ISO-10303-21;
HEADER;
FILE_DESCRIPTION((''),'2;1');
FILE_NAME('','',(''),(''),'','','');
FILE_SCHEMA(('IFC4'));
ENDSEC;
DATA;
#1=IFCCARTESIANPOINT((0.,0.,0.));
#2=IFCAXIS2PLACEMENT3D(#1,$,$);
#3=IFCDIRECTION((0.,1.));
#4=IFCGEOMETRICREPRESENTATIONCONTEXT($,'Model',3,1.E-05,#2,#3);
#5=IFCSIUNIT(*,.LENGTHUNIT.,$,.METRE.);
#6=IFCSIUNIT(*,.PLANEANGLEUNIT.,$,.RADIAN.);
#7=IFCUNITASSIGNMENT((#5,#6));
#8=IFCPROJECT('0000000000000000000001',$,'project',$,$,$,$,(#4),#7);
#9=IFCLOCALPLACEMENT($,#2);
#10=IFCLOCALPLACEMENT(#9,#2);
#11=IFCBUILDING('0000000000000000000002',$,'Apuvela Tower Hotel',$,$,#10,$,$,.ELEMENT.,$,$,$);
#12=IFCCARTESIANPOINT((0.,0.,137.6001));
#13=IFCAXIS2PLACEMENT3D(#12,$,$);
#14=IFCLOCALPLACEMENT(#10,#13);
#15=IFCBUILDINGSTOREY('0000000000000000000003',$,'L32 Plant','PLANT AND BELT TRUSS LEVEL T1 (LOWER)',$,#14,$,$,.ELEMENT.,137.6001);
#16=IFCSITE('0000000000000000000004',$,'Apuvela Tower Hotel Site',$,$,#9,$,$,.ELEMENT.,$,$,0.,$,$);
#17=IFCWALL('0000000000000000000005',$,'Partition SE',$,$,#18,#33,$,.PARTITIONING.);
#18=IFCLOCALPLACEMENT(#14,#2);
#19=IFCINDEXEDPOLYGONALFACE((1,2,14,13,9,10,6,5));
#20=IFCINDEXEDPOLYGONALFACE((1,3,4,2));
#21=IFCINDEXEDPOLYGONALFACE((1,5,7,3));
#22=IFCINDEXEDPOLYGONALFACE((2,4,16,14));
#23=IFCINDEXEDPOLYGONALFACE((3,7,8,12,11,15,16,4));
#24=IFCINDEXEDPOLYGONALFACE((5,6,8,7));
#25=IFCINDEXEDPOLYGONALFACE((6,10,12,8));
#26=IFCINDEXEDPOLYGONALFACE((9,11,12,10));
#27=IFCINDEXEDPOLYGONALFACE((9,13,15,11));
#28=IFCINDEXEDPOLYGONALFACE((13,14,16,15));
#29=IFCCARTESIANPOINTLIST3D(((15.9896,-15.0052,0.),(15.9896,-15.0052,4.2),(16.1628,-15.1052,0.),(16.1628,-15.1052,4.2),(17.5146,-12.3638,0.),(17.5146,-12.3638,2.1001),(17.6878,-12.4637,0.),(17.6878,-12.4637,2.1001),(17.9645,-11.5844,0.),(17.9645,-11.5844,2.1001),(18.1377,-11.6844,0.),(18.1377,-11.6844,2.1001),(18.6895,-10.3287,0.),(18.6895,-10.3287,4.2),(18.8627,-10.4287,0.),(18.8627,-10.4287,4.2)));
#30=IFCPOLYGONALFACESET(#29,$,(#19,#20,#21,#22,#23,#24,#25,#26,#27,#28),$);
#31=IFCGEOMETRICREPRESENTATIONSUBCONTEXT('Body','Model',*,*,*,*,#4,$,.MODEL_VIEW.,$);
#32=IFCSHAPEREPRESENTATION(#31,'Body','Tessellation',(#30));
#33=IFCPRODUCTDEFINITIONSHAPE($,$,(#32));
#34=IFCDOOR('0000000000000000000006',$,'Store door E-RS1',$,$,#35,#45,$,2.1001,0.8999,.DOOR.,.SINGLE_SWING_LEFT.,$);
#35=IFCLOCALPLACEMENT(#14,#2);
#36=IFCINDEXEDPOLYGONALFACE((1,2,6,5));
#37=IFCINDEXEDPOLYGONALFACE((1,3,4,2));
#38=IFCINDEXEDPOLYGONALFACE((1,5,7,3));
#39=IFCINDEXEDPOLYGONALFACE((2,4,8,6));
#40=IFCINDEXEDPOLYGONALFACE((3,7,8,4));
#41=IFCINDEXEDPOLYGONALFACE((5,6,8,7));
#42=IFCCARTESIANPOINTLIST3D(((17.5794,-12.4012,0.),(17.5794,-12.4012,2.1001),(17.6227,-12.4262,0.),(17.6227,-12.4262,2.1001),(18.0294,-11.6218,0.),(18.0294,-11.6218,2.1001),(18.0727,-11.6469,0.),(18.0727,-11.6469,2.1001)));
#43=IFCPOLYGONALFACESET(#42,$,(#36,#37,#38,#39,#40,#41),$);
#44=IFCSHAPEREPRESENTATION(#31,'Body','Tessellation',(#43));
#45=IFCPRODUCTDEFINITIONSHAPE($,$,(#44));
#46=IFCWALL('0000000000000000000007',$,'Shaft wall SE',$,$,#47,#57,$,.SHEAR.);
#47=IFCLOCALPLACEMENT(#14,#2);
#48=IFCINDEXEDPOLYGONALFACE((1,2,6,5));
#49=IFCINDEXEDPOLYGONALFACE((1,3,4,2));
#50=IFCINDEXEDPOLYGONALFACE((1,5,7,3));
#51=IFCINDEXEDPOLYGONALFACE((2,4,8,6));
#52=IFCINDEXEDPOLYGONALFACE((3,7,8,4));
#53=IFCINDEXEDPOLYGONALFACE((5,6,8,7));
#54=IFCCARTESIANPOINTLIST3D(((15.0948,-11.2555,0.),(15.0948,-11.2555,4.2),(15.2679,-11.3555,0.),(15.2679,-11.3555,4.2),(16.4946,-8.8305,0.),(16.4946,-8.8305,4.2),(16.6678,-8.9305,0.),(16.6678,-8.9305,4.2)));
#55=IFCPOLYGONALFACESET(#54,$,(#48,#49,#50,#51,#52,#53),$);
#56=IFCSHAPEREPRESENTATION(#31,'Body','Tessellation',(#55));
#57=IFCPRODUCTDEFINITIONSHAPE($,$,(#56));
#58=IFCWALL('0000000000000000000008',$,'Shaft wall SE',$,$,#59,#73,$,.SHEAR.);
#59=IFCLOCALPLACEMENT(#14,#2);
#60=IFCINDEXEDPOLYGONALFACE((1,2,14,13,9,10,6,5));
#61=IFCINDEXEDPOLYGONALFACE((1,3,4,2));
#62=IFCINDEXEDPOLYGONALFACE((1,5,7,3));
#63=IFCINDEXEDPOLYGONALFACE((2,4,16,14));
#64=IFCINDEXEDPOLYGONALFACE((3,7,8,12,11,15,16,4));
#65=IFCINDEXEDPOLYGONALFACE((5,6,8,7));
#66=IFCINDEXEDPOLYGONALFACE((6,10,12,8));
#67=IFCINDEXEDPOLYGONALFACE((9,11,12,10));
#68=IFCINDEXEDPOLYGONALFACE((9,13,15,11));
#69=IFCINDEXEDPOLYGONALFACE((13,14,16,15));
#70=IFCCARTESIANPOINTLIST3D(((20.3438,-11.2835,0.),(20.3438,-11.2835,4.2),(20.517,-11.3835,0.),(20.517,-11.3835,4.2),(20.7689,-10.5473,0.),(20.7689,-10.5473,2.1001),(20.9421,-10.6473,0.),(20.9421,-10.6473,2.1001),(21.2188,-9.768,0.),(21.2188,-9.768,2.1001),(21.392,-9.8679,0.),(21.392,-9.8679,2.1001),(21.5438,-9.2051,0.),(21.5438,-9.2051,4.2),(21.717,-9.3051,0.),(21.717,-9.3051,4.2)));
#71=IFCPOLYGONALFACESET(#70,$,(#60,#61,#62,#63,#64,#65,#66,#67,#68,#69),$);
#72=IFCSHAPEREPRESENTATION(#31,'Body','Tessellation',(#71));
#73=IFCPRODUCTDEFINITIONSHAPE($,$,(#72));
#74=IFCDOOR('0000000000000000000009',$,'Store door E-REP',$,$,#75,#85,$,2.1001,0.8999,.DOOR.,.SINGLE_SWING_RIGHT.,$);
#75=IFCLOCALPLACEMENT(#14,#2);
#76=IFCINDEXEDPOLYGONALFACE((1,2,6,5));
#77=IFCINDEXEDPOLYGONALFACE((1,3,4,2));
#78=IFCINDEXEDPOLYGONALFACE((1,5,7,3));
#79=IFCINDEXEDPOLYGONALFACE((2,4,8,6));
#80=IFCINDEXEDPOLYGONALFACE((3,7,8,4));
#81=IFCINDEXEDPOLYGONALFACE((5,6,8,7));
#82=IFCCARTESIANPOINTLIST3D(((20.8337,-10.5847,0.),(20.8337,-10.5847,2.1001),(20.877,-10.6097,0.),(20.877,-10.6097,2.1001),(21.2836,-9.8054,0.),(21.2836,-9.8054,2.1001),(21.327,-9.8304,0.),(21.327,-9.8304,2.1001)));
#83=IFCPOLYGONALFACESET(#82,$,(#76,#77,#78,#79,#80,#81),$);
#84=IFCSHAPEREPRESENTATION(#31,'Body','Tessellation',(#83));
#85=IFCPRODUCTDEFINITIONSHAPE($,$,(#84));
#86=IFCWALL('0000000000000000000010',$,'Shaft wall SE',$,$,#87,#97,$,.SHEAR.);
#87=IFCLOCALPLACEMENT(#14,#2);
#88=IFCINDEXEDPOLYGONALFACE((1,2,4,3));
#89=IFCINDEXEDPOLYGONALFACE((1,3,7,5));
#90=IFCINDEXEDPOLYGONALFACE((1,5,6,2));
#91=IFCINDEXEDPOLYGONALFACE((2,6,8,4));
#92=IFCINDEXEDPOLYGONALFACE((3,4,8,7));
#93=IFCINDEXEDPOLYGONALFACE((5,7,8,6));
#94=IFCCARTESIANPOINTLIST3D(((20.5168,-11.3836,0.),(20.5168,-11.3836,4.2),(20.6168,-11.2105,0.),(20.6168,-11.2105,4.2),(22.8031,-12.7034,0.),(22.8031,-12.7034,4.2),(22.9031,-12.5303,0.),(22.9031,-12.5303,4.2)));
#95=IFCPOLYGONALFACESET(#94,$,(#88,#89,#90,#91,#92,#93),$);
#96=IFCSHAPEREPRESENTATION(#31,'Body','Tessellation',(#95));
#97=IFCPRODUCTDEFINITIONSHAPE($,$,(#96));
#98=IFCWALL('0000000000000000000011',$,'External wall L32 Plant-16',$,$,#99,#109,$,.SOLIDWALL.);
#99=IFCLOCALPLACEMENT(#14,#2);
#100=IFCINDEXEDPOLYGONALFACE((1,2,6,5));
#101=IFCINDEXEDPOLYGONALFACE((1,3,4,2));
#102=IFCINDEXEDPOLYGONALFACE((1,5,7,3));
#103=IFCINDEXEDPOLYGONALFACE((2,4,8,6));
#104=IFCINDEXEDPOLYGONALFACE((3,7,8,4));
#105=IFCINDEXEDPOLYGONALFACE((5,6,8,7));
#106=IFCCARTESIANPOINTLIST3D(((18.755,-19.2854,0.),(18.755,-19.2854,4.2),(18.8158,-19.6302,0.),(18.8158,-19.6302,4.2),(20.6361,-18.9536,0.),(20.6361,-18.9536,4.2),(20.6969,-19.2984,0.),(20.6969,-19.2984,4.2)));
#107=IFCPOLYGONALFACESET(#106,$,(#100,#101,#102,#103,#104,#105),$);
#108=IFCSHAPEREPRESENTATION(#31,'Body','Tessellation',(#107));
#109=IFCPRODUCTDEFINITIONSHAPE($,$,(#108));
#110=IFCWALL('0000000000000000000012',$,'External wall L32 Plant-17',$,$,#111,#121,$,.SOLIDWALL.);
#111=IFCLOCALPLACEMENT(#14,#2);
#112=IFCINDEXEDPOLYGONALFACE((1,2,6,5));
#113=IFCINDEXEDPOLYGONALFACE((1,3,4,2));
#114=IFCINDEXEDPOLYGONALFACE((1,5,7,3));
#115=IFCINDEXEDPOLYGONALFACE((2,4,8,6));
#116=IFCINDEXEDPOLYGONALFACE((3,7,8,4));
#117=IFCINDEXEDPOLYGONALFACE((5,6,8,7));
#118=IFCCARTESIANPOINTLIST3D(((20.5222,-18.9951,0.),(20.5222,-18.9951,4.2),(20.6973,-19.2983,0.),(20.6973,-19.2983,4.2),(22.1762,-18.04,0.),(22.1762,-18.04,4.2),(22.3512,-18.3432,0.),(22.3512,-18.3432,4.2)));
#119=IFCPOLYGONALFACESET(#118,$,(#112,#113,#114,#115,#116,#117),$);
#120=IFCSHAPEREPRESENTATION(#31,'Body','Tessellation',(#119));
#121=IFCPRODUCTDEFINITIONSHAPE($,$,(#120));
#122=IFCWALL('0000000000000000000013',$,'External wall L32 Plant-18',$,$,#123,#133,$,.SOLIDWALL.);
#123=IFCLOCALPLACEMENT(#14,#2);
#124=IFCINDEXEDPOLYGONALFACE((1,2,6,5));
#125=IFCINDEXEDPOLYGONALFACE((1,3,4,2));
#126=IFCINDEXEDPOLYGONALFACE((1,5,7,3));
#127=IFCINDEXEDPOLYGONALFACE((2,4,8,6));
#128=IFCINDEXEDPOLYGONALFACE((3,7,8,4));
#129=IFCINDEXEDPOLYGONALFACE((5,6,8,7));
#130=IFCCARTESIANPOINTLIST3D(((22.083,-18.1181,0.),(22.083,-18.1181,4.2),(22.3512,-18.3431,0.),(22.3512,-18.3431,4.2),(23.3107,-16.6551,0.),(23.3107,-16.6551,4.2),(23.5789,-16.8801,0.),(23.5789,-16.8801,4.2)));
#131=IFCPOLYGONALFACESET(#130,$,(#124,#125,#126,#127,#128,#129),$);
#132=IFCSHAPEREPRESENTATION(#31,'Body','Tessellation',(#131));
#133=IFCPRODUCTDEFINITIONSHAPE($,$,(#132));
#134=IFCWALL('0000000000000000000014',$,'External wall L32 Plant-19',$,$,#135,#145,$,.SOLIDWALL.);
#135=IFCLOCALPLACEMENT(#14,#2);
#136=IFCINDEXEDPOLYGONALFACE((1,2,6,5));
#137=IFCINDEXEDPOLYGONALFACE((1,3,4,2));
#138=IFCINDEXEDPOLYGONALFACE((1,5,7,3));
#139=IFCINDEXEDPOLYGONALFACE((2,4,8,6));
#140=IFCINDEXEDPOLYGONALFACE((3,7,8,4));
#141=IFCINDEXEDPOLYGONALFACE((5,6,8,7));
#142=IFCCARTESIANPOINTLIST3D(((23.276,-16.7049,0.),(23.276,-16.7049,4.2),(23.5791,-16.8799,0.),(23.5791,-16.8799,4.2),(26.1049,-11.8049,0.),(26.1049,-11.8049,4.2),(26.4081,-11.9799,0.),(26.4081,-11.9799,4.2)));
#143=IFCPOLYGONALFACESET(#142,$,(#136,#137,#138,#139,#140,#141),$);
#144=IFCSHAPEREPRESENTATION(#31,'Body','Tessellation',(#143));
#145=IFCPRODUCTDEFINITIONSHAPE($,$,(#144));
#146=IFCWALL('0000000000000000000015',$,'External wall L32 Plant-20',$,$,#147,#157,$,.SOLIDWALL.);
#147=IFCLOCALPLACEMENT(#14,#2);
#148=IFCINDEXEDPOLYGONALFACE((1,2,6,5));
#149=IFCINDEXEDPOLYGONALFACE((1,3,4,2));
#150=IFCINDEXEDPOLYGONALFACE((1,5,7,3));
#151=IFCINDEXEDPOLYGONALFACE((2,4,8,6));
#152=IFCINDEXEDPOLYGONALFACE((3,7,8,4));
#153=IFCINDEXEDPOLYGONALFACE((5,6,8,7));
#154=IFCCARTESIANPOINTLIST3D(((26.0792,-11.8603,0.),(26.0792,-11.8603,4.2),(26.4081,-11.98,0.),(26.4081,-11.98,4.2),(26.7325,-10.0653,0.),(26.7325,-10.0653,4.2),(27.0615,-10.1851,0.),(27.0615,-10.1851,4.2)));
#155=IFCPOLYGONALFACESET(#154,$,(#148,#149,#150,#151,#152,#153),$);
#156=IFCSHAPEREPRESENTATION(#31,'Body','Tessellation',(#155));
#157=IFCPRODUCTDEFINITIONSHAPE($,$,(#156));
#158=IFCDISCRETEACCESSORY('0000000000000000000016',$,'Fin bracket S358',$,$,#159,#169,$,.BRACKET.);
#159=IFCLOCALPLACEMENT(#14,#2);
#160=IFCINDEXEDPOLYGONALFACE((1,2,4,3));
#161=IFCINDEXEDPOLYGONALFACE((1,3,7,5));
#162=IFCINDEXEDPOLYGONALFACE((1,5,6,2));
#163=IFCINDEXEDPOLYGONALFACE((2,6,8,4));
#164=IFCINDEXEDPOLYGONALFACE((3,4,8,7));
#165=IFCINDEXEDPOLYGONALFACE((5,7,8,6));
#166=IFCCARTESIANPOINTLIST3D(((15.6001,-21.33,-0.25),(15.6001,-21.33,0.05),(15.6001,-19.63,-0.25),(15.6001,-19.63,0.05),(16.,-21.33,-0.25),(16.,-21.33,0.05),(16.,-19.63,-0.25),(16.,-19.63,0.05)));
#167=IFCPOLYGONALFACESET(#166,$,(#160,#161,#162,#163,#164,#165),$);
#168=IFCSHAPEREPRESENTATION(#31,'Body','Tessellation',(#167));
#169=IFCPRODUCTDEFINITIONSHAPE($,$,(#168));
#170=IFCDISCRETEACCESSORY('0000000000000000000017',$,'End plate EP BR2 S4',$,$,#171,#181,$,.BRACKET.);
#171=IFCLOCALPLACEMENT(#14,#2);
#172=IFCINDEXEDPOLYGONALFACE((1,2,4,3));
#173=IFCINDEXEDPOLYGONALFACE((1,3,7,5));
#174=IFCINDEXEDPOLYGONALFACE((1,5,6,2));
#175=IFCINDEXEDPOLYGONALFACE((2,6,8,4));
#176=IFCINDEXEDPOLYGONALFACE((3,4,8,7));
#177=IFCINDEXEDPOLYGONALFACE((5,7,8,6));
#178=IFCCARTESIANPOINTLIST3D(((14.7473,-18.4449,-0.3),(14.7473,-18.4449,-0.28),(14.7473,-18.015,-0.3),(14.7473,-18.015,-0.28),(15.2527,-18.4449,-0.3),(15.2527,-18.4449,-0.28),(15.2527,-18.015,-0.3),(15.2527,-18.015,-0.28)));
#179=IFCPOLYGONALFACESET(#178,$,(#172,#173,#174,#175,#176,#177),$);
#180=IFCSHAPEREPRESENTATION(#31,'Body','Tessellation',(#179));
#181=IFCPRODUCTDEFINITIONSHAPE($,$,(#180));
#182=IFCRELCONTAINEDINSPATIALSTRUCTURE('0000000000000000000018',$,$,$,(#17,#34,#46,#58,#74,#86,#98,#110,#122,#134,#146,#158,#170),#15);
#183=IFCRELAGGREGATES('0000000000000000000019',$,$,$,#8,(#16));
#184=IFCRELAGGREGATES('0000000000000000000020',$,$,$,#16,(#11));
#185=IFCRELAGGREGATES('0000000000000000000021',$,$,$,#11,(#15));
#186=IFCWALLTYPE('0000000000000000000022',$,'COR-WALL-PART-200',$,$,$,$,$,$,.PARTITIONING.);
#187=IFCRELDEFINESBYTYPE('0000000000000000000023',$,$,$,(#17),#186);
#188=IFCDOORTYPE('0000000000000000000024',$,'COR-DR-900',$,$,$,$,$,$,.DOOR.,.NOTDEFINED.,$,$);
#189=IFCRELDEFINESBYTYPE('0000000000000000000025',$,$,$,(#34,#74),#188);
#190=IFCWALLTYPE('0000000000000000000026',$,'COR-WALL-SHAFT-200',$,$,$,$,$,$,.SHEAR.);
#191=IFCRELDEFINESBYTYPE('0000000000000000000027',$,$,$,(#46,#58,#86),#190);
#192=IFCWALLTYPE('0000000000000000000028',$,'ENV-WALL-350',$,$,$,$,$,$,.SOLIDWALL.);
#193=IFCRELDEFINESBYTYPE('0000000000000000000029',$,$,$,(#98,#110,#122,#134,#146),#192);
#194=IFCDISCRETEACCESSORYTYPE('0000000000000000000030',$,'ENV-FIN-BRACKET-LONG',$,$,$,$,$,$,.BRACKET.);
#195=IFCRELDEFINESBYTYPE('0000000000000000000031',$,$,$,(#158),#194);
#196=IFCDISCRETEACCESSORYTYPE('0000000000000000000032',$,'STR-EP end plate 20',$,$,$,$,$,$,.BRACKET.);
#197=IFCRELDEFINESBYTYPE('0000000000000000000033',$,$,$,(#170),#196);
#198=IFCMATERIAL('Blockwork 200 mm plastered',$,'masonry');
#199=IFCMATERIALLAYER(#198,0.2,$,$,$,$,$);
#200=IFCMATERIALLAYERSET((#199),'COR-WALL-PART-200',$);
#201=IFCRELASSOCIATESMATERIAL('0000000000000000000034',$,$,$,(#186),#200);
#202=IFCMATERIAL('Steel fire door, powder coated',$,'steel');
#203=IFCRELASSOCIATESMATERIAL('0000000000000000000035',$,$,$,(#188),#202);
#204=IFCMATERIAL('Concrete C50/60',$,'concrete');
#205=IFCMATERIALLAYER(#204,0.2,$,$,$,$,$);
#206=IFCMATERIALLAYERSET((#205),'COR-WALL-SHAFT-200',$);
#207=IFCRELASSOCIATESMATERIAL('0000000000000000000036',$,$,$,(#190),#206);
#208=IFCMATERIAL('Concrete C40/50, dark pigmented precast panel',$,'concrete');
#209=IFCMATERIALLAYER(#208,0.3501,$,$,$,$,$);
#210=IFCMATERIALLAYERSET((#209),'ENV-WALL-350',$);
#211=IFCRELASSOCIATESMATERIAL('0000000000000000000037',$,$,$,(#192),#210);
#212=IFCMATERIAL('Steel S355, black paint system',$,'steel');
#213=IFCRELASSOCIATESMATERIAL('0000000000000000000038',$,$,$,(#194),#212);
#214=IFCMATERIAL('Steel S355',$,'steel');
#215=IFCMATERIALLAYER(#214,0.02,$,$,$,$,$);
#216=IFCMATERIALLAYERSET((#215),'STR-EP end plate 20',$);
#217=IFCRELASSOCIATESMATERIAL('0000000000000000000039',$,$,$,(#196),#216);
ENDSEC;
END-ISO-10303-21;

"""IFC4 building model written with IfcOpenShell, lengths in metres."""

from ifc_helpers import new_model, si_unit, direction, frame, frame_2d, origin, origin_2d, place, context, subcontext, project, spatial, rectangle, extrude, material, layer, layer_set, type_object, element, fill, save


model = new_model("IFC4")

# Units and contexts
model_context = context("Model", 3, precision=1e-05, world=origin(), true_north=direction((0.0, 1.0)))
body_context = subcontext(model_context, "Body", "Model", "MODEL_VIEW")
ifc_project = project(units=[si_unit("LENGTHUNIT", "METRE"), si_unit("PLANEANGLEUNIT", "RADIAN")], contexts=[model_context])

# Site, building, storey
site_placement = place(None, origin())
site = spatial("IfcSite", under=ifc_project, at=site_placement, Name="Apuvela Tower Hotel Site", CompositionType="ELEMENT", RefElevation=0.0)
building_placement = place(site_placement, origin())
building = spatial("IfcBuilding", under=site, at=building_placement, Name="Apuvela Tower Hotel", CompositionType="ELEMENT")
storey_placement = place(building_placement, frame((0.0, 0.0, 137.6001)))
storey = spatial("IfcBuildingStorey", under=building, at=storey_placement, Name="L32 Plant", Description="PLANT AND BELT TRUSS LEVEL T1 (LOWER)", CompositionType="ELEMENT", Elevation=137.6001)

# Shared definitions
ifc_material_1 = material(Name="Steel S355", Category="steel")

# Wall, opening, door
ifc_material_2 = material(Name="Blockwork 200 mm plastered", Category="masonry")
ifc_layer_1 = layer(ifc_material_2, 0.2)
ifc_layer_set_1 = layer_set([ifc_layer_1], Name="COR-WALL-PART-200")
wall_type_1 = type_object("IfcWallType", Name="COR-WALL-PART-200", PredefinedType="PARTITIONING", material=ifc_layer_set_1)
wall_1_placement = place(storey_placement, frame((16.0762, -15.0552, 0.0), z_axis=(0.0, 0.0, 1.0), x_axis=(0.499995, 0.866028, 0.0)))
wall_1 = element("IfcWall", 1, at=wall_1_placement, inside=storey, type_object=wall_type_1, Name="Partition SE", PredefinedType="PARTITIONING", context=body_context, shape_type="SweptSolid", body=[
    extrude(rectangle(XDim=5.3999, YDim=0.2, at=frame_2d((2.7, 0.0))), origin(), (0.0, 0.0, 1.0), 4.2),
])
opening_1_placement = place(wall_1_placement, frame((3.05, 0.0, 0.0)))
opening_1 = element("IfcOpeningElement", 2, at=opening_1_placement, cuts=wall_1, PredefinedType="OPENING", context=body_context, shape_type="SweptSolid", body=[
    extrude(rectangle(XDim=0.8999, YDim=2.1001, at=frame_2d((0.45, 1.05))), frame((0.0, 0.1099, 0.0), z_axis=(0.0, -1.0, 0.0), x_axis=(1.0, 0.0, 0.0)), (0.0, 0.0, 1.0), 0.22),
])
ifc_material_3 = material(Name="Steel fire door, powder coated", Category="steel")
door_type_1 = type_object("IfcDoorType", Name="COR-DR-900", OperationType="NOTDEFINED", PredefinedType="DOOR", material=ifc_material_3)
door_1_placement = place(opening_1_placement, frame((0.8999, 0.0, 0.0), z_axis=(0.0, 0.0, 1.0), x_axis=(-1.0, 0.0, 0.0)))
door_1 = element("IfcDoor", 3, at=door_1_placement, inside=storey, type_object=door_type_1, Name="Store door E-RS1", OperationType="SINGLE_SWING_LEFT", OverallHeight=2.1001, OverallWidth=0.8999, PredefinedType="DOOR", context=body_context, shape_type="SweptSolid", body=[
    extrude(rectangle(XDim=0.8999, YDim=2.1001, at=frame_2d((0.45, 1.05))), frame((0.0, 0.0249, 0.0), z_axis=(0.0, -1.0, 0.0), x_axis=(1.0, 0.0, 0.0)), (0.0, 0.0, 1.0), 0.05),
])
fill(opening_1, door_1)

# Wall
ifc_material_4 = material(Name="Concrete C50/60", Category="concrete")
ifc_layer_2 = layer(ifc_material_4, 0.2)
ifc_layer_set_2 = layer_set([ifc_layer_2], Name="COR-WALL-SHAFT-200")
wall_type_2 = type_object("IfcWallType", Name="COR-WALL-SHAFT-200", PredefinedType="SHEAR", material=ifc_layer_set_2)
wall_2_placement = place(storey_placement, frame((15.1814, -11.3054, 0.0), z_axis=(0.0, 0.0, 1.0), x_axis=(0.499946, 0.866056, 0.0)))
element("IfcWall", 4, at=wall_2_placement, inside=storey, type_object=wall_type_2, Name="Shaft wall SE", PredefinedType="SHEAR", context=body_context, shape_type="SweptSolid", body=[
    extrude(rectangle(XDim=2.8, YDim=0.2, at=frame_2d((1.3999, 0.0))), origin(), (0.0, 0.0, 1.0), 4.2),
])

# Wall, opening, door
wall_3_placement = place(storey_placement, frame((20.4304, -11.3335, 0.0), z_axis=(0.0, 0.0, 1.0), x_axis=(0.500001, 0.866025, 0.0)))
wall_3 = element("IfcWall", 5, at=wall_3_placement, inside=storey, type_object=wall_type_2, Name="Shaft wall SE", PredefinedType="SHEAR", context=body_context, shape_type="SweptSolid", body=[
    extrude(rectangle(XDim=2.3999, YDim=0.2, at=frame_2d((1.2, 0.0))), origin(), (0.0, 0.0, 1.0), 4.2),
])
opening_2_placement = place(wall_3_placement, frame((0.8501, 0.0, 0.0)))
opening_2 = element("IfcOpeningElement", 6, at=opening_2_placement, cuts=wall_3, PredefinedType="OPENING", context=body_context, shape_type="SweptSolid", body=[
    extrude(rectangle(XDim=0.8999, YDim=2.1001, at=frame_2d((0.45, 1.05))), frame((0.0, 0.1099, 0.0), z_axis=(0.0, -1.0, 0.0), x_axis=(1.0, 0.0, 0.0)), (0.0, 0.0, 1.0), 0.22),
])
door_2_placement = place(opening_2_placement, frame((0.8999, 0.0, 0.0), z_axis=(0.0, 0.0, 1.0), x_axis=(-1.0, 0.0, 0.0)))
door_2 = element("IfcDoor", 7, at=door_2_placement, inside=storey, type_object=door_type_1, Name="Store door E-REP", OperationType="SINGLE_SWING_RIGHT", OverallHeight=2.1001, OverallWidth=0.8999, PredefinedType="DOOR", context=body_context, shape_type="SweptSolid", body=[
    extrude(rectangle(XDim=0.8999, YDim=2.1001, at=frame_2d((0.45, 1.05))), frame((0.0, 0.0249, 0.0), z_axis=(0.0, -1.0, 0.0), x_axis=(1.0, 0.0, 0.0)), (0.0, 0.0, 1.0), 0.05),
])
fill(opening_2, door_2)

# Walls
wall_4_placement = place(storey_placement, frame((20.5669, -11.2971, 0.0), z_axis=(0.0, 0.0, 1.0), x_axis=(0.866061, -0.499939, 0.0)))
element("IfcWall", 8, at=wall_4_placement, inside=storey, type_object=wall_type_2, Name="Shaft wall SE", PredefinedType="SHEAR", context=body_context, shape_type="SweptSolid", body=[
    extrude(rectangle(XDim=2.6399, YDim=0.2, at=frame_2d((1.3198, 0.0))), origin(), (0.0, 0.0, 1.0), 4.2),
])
ifc_material_5 = material(Name="Concrete C40/50, dark pigmented precast panel", Category="concrete")
ifc_layer_3 = layer(ifc_material_5, 0.3501)
ifc_layer_set_3 = layer_set([ifc_layer_3], Name="ENV-WALL-350")
wall_type_3 = type_object("IfcWallType", Name="ENV-WALL-350", PredefinedType="SOLIDWALL", material=ifc_layer_set_3)
wall_5_placement = place(storey_placement, frame((18.7854, -19.4578, 0.0), z_axis=(0.0, 0.0, 1.0), x_axis=(0.984799, 0.173698, 0.0)))
element("IfcWall", 9, at=wall_5_placement, inside=storey, type_object=wall_type_3, Name="External wall L32 Plant-16", PredefinedType="SOLIDWALL", context=body_context, shape_type="SweptSolid", body=[
    extrude(rectangle(XDim=1.9102, YDim=0.3501, at=frame_2d((0.9551, 0.0))), origin(), (0.0, 0.0, 1.0), 4.2),
])
for number, where, z_axis, x_axis, name in (
    (10, (20.6096, -19.1467, 0.0), (0.0, 0.0, 1.0), (0.866, 0.500043, 0.0), "External wall L32 Plant-17"),
    (11, (22.217, -18.2307, 0.0), (0.0, 0.0, 1.0), (0.642808, 0.766027, 0.0), "External wall L32 Plant-18"),
):
    element("IfcWall", number, at=place(storey_placement, frame(where, z_axis=z_axis, x_axis=x_axis)), inside=storey, type_object=wall_type_3, Name=name, PredefinedType="SOLIDWALL", context=body_context, shape_type="SweptSolid", body=[
        extrude(rectangle(XDim=1.9099, YDim=0.3501, at=frame_2d((0.9551, 0.0))), origin(), (0.0, 0.0, 1.0), 4.2),
    ])
wall_6_placement = place(storey_placement, frame((23.4275, -16.7925, 0.0), z_axis=(0.0, 0.0, 1.0), x_axis=(0.499986, 0.866033, 0.0)))
element("IfcWall", 12, at=wall_6_placement, inside=storey, type_object=wall_type_3, Name="External wall L32 Plant-19", PredefinedType="SOLIDWALL", context=body_context, shape_type="SweptSolid", body=[
    extrude(rectangle(XDim=5.658, YDim=0.3501, at=frame_2d((2.8291, 0.0))), origin(), (0.0, 0.0, 1.0), 4.2),
])
wall_7_placement = place(storey_placement, frame((26.2437, -11.9202, 0.0), z_axis=(0.0, 0.0, 1.0), x_axis=(0.34203, 0.939689, 0.0)))
element("IfcWall", 13, at=wall_7_placement, inside=storey, type_object=wall_type_3, Name="External wall L32 Plant-20", PredefinedType="SOLIDWALL", context=body_context, shape_type="SweptSolid", body=[
    extrude(rectangle(XDim=1.9102, YDim=0.3501, at=frame_2d((0.9551, 0.0))), origin(), (0.0, 0.0, 1.0), 4.2),
])

# Discrete accessories
ifc_material_6 = material(Name="Steel S355, black paint system", Category="steel")
discrete_accessory_type_1 = type_object("IfcDiscreteAccessoryType", Name="ENV-FIN-BRACKET-LONG", PredefinedType="BRACKET", material=ifc_material_6)
discrete_accessory_1_placement = place(storey_placement, frame((15.8, -20.48, -0.25), z_axis=(0.0, 0.0, 1.0), x_axis=(1.0, 0.0, 0.0)))
element("IfcDiscreteAccessory", 14, at=discrete_accessory_1_placement, inside=storey, type_object=discrete_accessory_type_1, Name="Fin bracket S358", PredefinedType="BRACKET", context=body_context, shape_type="SweptSolid", body=[
    extrude(rectangle(XDim=0.3999, YDim=1.7, at=origin_2d()), origin(), (0.0, 0.0, 1.0), 0.3),
])
ifc_layer_4 = layer(ifc_material_1, 0.02)
ifc_layer_set_4 = layer_set([ifc_layer_4], Name="STR-EP end plate 20")
discrete_accessory_type_2 = type_object("IfcDiscreteAccessoryType", Name="STR-EP end plate 20", PredefinedType="BRACKET", material=ifc_layer_set_4)
discrete_accessory_2_placement = place(storey_placement, frame((15.0, -18.23, -0.3), z_axis=(0.0, 0.0, 1.0), x_axis=(-1.0, 0.0, 0.0)))
element("IfcDiscreteAccessory", 15, at=discrete_accessory_2_placement, inside=storey, type_object=discrete_accessory_type_2, Name="End plate EP BR2 S4", PredefinedType="BRACKET", context=body_context, shape_type="SweptSolid", body=[
    extrude(rectangle(XDim=0.5054, YDim=0.4299, at=origin_2d()), origin(), (0.0, 0.0, 1.0), 0.02),
])

save(model, "model.ifc")
